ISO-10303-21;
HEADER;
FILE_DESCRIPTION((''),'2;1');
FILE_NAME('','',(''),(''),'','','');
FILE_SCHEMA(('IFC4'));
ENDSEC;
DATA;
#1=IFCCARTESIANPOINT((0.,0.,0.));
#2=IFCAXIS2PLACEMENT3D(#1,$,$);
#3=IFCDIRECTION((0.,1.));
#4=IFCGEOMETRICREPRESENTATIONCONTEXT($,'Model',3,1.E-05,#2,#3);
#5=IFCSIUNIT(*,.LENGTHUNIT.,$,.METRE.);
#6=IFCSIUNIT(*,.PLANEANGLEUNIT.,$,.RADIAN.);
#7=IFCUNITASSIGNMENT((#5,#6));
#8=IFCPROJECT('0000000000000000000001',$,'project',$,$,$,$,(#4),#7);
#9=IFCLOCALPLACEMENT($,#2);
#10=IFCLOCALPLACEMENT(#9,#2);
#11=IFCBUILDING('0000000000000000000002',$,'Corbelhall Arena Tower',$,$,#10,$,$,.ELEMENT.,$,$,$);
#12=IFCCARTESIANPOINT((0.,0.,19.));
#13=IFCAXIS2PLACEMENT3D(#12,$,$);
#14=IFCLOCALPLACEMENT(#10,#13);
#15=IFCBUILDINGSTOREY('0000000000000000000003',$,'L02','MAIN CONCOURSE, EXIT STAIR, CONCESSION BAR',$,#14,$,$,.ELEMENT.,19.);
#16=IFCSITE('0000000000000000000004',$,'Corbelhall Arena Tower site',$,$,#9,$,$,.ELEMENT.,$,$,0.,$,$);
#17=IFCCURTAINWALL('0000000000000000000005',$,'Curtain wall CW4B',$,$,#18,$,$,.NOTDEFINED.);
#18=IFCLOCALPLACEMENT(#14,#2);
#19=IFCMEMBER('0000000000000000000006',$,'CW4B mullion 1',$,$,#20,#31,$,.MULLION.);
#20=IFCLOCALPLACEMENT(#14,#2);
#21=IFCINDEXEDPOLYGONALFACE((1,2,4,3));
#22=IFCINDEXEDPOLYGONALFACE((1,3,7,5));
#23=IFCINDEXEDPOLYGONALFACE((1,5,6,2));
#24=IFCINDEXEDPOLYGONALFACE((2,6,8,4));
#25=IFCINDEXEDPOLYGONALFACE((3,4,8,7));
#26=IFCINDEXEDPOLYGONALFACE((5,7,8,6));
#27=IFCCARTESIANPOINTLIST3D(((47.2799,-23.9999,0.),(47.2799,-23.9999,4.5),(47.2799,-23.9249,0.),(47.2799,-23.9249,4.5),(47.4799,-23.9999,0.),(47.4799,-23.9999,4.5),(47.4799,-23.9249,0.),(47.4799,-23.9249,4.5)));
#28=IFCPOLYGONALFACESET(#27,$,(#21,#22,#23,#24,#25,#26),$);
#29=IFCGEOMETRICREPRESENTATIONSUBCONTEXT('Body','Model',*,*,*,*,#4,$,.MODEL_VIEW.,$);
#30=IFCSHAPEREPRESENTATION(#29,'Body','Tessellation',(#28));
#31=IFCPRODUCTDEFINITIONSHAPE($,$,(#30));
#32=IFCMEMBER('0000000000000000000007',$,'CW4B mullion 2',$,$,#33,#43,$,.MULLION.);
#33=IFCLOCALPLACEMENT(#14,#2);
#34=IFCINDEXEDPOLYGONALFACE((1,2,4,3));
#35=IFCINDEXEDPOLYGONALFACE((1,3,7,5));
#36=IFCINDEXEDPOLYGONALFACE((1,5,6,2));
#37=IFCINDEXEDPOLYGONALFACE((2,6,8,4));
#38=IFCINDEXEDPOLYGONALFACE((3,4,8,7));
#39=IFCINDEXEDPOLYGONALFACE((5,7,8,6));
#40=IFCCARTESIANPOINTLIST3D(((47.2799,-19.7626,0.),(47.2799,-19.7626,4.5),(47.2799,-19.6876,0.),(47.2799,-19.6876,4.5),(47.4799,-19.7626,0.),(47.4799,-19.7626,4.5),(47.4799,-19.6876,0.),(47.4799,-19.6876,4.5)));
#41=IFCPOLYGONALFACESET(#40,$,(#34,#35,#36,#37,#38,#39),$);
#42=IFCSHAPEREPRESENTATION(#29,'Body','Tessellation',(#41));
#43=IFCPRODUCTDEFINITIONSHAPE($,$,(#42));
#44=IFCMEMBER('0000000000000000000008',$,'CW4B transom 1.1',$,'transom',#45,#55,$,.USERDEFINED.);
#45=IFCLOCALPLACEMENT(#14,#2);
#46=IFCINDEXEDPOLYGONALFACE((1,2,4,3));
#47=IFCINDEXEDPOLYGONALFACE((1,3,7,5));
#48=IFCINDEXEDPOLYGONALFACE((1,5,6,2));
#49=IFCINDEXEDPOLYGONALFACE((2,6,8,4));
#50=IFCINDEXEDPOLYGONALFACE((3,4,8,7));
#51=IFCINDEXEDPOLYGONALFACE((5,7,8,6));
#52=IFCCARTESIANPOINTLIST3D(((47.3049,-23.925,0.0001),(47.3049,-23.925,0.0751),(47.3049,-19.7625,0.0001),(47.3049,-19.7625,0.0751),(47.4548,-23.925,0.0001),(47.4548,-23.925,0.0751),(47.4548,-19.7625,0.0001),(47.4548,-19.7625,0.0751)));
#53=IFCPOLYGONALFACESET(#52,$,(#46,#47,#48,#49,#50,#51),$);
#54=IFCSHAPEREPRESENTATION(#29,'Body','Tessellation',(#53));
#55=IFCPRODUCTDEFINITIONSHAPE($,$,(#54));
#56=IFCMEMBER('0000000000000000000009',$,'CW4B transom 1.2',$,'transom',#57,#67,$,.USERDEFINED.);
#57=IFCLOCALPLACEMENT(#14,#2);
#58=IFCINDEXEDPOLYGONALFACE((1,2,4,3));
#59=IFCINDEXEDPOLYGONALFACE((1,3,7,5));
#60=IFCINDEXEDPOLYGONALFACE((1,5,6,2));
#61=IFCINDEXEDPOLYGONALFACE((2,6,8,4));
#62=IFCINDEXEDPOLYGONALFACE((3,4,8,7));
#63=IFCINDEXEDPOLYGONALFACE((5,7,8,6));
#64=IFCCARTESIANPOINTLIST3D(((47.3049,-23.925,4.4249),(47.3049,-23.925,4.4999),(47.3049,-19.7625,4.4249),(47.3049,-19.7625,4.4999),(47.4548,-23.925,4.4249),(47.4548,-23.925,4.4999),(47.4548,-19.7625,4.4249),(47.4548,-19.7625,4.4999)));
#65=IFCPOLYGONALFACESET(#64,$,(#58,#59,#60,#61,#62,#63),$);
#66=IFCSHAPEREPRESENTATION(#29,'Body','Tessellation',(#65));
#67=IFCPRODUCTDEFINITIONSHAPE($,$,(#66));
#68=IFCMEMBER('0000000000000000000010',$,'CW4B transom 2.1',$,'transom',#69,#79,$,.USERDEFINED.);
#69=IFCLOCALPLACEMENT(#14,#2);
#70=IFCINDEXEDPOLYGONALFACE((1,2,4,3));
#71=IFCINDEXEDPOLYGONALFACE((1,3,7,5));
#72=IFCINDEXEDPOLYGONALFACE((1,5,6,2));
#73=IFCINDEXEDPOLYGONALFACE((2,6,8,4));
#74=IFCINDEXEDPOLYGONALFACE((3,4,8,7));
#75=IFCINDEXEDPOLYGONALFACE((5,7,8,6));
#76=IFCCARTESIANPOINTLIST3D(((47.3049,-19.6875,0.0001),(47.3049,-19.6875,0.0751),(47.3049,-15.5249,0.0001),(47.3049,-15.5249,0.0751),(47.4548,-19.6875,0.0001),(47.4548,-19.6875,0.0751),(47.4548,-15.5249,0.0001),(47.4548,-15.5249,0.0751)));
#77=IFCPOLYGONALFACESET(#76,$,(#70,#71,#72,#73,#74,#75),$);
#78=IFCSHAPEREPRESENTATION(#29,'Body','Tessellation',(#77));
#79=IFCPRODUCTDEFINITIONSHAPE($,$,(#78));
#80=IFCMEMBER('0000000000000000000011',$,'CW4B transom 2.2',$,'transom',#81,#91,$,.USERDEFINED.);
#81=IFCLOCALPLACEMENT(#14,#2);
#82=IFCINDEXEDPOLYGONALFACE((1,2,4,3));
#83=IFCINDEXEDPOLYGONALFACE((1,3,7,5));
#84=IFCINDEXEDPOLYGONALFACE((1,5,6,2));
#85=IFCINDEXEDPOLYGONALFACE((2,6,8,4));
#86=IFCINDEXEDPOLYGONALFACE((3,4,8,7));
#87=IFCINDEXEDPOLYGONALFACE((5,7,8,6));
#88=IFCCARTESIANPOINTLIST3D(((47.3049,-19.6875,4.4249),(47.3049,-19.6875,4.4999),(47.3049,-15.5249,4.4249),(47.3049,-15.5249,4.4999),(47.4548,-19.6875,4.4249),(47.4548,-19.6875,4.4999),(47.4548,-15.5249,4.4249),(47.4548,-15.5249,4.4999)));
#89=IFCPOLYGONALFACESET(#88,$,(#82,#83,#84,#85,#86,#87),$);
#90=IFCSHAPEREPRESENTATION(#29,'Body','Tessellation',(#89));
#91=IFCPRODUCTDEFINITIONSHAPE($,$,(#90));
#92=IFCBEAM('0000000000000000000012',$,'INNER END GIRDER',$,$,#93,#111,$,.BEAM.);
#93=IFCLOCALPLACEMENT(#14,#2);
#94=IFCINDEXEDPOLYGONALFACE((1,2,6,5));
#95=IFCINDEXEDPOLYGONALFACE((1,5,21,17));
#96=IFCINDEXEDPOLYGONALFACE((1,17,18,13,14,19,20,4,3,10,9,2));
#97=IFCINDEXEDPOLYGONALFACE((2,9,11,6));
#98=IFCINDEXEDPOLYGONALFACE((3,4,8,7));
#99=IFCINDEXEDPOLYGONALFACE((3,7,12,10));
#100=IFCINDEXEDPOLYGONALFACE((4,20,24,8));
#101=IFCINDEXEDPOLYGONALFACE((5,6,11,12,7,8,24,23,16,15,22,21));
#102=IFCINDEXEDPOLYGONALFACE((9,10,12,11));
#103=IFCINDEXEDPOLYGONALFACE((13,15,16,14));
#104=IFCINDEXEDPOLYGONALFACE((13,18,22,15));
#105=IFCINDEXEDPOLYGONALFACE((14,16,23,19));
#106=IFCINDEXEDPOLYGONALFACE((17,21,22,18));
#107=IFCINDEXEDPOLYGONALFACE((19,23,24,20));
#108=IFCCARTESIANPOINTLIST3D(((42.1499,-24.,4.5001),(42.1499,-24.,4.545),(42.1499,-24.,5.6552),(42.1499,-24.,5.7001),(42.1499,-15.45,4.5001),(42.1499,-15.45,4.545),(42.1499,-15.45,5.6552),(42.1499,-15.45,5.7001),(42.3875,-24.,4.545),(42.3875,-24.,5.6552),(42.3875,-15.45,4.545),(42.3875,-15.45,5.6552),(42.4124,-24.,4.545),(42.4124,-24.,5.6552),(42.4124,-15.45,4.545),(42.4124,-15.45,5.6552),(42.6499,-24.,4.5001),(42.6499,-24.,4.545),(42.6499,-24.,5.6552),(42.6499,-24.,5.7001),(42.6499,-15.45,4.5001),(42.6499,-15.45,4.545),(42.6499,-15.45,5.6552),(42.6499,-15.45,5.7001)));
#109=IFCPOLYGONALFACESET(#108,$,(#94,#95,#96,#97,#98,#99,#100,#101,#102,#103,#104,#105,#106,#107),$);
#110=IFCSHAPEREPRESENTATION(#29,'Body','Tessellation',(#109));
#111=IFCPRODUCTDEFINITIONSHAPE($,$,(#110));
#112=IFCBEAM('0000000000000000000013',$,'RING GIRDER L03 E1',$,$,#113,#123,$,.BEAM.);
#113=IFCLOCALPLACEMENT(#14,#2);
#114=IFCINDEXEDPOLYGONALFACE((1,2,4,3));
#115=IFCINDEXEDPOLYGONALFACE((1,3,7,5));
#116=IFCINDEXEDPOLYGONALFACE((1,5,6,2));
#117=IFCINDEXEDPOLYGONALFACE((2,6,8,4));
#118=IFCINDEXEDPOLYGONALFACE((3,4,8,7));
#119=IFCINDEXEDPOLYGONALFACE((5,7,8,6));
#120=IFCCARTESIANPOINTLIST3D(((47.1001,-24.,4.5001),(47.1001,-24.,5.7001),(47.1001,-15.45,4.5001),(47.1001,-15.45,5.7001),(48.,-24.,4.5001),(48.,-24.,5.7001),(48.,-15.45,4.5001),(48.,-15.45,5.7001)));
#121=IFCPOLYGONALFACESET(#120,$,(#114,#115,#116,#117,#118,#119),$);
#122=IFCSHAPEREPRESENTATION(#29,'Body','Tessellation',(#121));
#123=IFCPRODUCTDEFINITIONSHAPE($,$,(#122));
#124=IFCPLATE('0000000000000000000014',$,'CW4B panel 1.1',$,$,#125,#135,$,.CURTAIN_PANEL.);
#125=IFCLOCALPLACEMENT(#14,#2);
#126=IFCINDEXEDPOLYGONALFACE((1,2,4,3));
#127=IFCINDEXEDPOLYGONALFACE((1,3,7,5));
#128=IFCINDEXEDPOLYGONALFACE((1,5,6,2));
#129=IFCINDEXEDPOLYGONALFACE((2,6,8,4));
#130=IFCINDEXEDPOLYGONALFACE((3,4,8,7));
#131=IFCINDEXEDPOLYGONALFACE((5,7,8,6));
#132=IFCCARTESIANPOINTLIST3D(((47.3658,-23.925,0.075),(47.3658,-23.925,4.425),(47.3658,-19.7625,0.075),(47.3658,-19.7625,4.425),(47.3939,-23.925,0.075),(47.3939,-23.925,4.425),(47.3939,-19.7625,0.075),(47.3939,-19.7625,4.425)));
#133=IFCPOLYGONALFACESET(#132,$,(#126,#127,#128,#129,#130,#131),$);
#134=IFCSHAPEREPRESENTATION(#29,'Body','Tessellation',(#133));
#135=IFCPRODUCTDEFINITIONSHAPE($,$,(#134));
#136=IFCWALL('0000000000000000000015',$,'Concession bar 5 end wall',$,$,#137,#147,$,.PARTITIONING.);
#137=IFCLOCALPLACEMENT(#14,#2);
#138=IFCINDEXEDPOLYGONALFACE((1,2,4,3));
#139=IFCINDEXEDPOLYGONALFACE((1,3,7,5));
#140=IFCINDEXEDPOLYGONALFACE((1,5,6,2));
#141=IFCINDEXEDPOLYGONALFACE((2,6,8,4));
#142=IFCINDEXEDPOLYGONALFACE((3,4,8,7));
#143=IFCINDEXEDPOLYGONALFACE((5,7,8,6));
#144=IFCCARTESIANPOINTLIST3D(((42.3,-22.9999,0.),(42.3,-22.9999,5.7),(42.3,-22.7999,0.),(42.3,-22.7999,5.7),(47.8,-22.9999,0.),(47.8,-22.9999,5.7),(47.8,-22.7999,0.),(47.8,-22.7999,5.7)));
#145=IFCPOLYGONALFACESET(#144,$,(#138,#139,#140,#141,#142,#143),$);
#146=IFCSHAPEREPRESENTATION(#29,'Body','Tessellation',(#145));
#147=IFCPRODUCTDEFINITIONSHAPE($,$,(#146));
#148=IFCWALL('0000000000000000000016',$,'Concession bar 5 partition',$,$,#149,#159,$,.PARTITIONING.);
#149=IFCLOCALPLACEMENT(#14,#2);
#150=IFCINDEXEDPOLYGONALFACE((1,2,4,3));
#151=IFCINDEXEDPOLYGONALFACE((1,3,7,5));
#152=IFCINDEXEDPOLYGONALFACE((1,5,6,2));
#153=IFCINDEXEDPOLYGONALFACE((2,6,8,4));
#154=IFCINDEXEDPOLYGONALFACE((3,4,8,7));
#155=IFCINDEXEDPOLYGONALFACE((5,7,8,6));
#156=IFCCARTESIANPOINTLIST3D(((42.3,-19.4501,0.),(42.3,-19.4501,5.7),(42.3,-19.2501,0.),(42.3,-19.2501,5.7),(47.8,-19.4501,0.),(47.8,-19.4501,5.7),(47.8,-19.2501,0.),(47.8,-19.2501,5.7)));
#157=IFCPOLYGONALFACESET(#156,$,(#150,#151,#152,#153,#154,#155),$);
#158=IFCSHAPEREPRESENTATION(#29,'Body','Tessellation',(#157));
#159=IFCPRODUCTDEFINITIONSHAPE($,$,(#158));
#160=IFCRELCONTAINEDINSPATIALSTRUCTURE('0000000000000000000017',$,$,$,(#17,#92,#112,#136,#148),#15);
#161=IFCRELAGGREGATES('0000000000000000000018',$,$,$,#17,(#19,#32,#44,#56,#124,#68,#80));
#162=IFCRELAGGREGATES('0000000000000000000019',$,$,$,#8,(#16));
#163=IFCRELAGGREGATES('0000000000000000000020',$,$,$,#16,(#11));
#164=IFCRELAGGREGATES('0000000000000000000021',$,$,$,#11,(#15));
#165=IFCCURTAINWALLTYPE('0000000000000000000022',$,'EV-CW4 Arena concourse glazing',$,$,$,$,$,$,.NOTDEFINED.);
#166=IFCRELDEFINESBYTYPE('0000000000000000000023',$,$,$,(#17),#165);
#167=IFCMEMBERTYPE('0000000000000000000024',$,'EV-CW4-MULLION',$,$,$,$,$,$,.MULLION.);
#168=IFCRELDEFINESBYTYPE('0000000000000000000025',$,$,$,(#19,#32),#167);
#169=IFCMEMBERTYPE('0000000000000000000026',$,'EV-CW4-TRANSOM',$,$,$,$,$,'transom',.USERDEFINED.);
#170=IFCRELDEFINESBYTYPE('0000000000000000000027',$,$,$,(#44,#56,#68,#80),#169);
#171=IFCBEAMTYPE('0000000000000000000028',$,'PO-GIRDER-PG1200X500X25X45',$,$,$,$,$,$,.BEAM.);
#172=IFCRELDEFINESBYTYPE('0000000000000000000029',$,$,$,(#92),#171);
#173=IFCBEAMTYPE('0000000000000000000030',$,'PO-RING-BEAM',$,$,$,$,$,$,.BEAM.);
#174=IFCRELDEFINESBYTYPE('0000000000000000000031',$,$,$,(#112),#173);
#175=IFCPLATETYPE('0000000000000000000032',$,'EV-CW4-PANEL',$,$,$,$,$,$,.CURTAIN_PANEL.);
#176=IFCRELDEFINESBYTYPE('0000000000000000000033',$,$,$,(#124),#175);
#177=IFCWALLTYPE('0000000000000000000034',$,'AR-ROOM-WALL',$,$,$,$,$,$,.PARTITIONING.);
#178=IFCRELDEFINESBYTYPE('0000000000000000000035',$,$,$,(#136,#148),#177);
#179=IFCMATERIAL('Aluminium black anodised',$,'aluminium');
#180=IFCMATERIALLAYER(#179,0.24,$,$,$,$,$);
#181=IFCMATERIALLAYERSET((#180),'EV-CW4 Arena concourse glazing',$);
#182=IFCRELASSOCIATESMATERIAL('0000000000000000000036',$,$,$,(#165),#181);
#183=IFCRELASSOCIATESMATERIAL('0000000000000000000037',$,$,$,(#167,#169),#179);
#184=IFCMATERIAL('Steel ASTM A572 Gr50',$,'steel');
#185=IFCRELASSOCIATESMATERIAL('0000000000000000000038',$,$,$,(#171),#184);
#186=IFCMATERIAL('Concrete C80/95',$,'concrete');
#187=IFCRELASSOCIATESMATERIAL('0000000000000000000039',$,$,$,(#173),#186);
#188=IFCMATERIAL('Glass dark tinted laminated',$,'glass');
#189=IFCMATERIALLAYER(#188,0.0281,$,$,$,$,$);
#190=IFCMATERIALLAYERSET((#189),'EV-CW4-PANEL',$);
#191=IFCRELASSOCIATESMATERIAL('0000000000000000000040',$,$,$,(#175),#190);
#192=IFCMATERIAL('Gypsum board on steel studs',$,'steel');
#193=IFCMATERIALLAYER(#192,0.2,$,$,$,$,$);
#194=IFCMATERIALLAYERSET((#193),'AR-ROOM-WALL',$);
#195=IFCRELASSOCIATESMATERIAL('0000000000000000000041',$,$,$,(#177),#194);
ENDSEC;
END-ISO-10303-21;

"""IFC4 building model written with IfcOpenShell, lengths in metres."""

from ifc_helpers import new_model, si_unit, direction, frame, frame_2d, origin, origin_2d, place, context, subcontext, project, spatial, rectangle, i_section, extrude, material, layer, layer_set, material_profile, profile_set, type_object, element, aggregate, save


model = new_model("IFC4")

# Units and contexts
model_context = context("Model", 3, precision=1e-05, world=origin(), true_north=direction((0.0, 1.0)))
body_context = subcontext(model_context, "Body", "Model", "MODEL_VIEW")
ifc_project = project(units=[si_unit("LENGTHUNIT", "METRE"), si_unit("PLANEANGLEUNIT", "RADIAN")], contexts=[model_context])

# Site, building, storey
site_placement = place(None, origin())
site = spatial("IfcSite", under=ifc_project, at=site_placement, Name="Corbelhall Arena Tower site", CompositionType="ELEMENT", RefElevation=0.0)
building_placement = place(site_placement, origin())
building = spatial("IfcBuilding", under=site, at=building_placement, Name="Corbelhall Arena Tower", CompositionType="ELEMENT")
storey_placement = place(building_placement, frame((0.0, 0.0, 19.0)))
storey = spatial("IfcBuildingStorey", under=building, at=storey_placement, Name="L02", Description="MAIN CONCOURSE, EXIT STAIR, CONCESSION BAR", CompositionType="ELEMENT", Elevation=19.0)

# Curtain wall, members
ifc_material_1 = material(Name="Aluminium black anodised", Category="aluminium")
ifc_layer_1 = layer(ifc_material_1, 0.24)
ifc_layer_set_1 = layer_set([ifc_layer_1], Name="EV-CW4 Arena concourse glazing")
curtain_wall_type = type_object("IfcCurtainWallType", Name="EV-CW4 Arena concourse glazing", PredefinedType="NOTDEFINED", material=ifc_layer_set_1)
curtain_wall_placement = place(storey_placement, origin())
curtain_wall = element("IfcCurtainWall", 1, at=curtain_wall_placement, inside=storey, type_object=curtain_wall_type, Name="Curtain wall CW4B", PredefinedType="NOTDEFINED")
ifc_material_profile_1 = material_profile(ifc_material_1, rectangle(XDim=0.2, YDim=0.075, at=origin_2d()))
ifc_profile_set_1 = profile_set([ifc_material_profile_1], Name="Aluminium black anodised")
member_type_1 = type_object("IfcMemberType", Name="EV-CW4-MULLION", PredefinedType="MULLION", material=ifc_profile_set_1)
member_1_placement = place(storey_placement, frame((47.3799, -23.9624, 0.0), z_axis=(0.0, 0.0, 1.0), x_axis=(-1.0, 0.0, 0.0)))
member_1 = element("IfcMember", 2, at=member_1_placement, type_object=member_type_1, Name="CW4B mullion 1", PredefinedType="MULLION", context=body_context, shape_type="SweptSolid", body=[
    extrude(rectangle(XDim=0.2, YDim=0.075, at=origin_2d()), origin(), (0.0, 0.0, 1.0), 4.5),
])
member_2_placement = place(storey_placement, frame((47.3799, -19.7251, 0.0), z_axis=(0.0, 0.0, 1.0), x_axis=(-1.0, 0.0, 0.0)))
member_2 = element("IfcMember", 3, at=member_2_placement, type_object=member_type_1, Name="CW4B mullion 2", PredefinedType="MULLION", context=body_context, shape_type="SweptSolid", body=[
    extrude(rectangle(XDim=0.2, YDim=0.075, at=origin_2d()), origin(), (0.0, 0.0, 1.0), 4.5),
])
ifc_material_profile_2 = material_profile(ifc_material_1, rectangle(XDim=0.1499, YDim=0.075, at=origin_2d()))
ifc_profile_set_2 = profile_set([ifc_material_profile_2], Name="Aluminium black anodised")
member_type_2 = type_object("IfcMemberType", Name="EV-CW4-TRANSOM", ElementType="transom", PredefinedType="USERDEFINED", material=ifc_profile_set_2)
member_3_placement = place(storey_placement, frame((47.3799, -23.925, 0.0376), z_axis=(0.0, 1.0, 0.0), x_axis=(-1.0, 0.0, 0.0)))
member_3 = element("IfcMember", 4, at=member_3_placement, type_object=member_type_2, Name="CW4B transom 1.1", ObjectType="transom", PredefinedType="USERDEFINED", context=body_context, shape_type="SweptSolid", body=[
    extrude(rectangle(XDim=0.1499, YDim=0.075, at=origin_2d()), origin(), (0.0, 0.0, 1.0), 4.1626),
])
member_4_placement = place(storey_placement, frame((47.3799, -23.925, 4.4624), z_axis=(0.0, 1.0, 0.0), x_axis=(-1.0, 0.0, 0.0)))
member_4 = element("IfcMember", 5, at=member_4_placement, type_object=member_type_2, Name="CW4B transom 1.2", ObjectType="transom", PredefinedType="USERDEFINED", context=body_context, shape_type="SweptSolid", body=[
    extrude(rectangle(XDim=0.1499, YDim=0.075, at=origin_2d()), origin(), (0.0, 0.0, 1.0), 4.1626),
])
member_5_placement = place(storey_placement, frame((47.3799, -19.6875, 0.0376), z_axis=(0.0, 1.0, 0.0), x_axis=(-1.0, 0.0, 0.0)))
member_5 = element("IfcMember", 6, at=member_5_placement, type_object=member_type_2, Name="CW4B transom 2.1", ObjectType="transom", PredefinedType="USERDEFINED", context=body_context, shape_type="SweptSolid", body=[
    extrude(rectangle(XDim=0.1499, YDim=0.075, at=origin_2d()), origin(), (0.0, 0.0, 1.0), 4.1626),
])
member_6_placement = place(storey_placement, frame((47.3799, -19.6875, 4.4624), z_axis=(0.0, 1.0, 0.0), x_axis=(-1.0, 0.0, 0.0)))
member_6 = element("IfcMember", 7, at=member_6_placement, type_object=member_type_2, Name="CW4B transom 2.2", ObjectType="transom", PredefinedType="USERDEFINED", context=body_context, shape_type="SweptSolid", body=[
    extrude(rectangle(XDim=0.1499, YDim=0.075, at=origin_2d()), origin(), (0.0, 0.0, 1.0), 4.1626),
])

# Beams
ifc_material_2 = material(Name="Steel ASTM A572 Gr50", Category="steel")
ifc_material_profile_3 = material_profile(ifc_material_2, i_section(OverallWidth=0.5, OverallDepth=1.2, WebThickness=0.0249, FlangeThickness=0.0449, at=origin_2d()))
ifc_profile_set_3 = profile_set([ifc_material_profile_3], Name="Steel ASTM A572 Gr50")
beam_type_1 = type_object("IfcBeamType", Name="PO-GIRDER-PG1200X500X25X45", PredefinedType="BEAM", material=ifc_profile_set_3)
beam_1_placement = place(storey_placement, frame((42.3999, -24.0, 5.1001), z_axis=(0.0, 1.0, 0.0), x_axis=(-1.0, 0.0, 0.0)))
element("IfcBeam", 8, at=beam_1_placement, inside=storey, type_object=beam_type_1, Name="INNER END GIRDER", PredefinedType="BEAM", context=body_context, shape_type="SweptSolid", body=[
    extrude(i_section(OverallWidth=0.5, OverallDepth=1.2, WebThickness=0.0249, FlangeThickness=0.0449, at=origin_2d()), origin(), (0.0, 0.0, 1.0), 8.55),
])
ifc_material_3 = material(Name="Concrete C80/95", Category="concrete")
ifc_material_profile_4 = material_profile(ifc_material_3, rectangle(XDim=0.8999, YDim=1.2, at=origin_2d()))
ifc_profile_set_4 = profile_set([ifc_material_profile_4], Name="Concrete C80/95")
beam_type_2 = type_object("IfcBeamType", Name="PO-RING-BEAM", PredefinedType="BEAM", material=ifc_profile_set_4)
beam_2_placement = place(storey_placement, frame((47.55, -24.0, 5.1001), z_axis=(0.0, 1.0, 0.0), x_axis=(-1.0, 0.0, 0.0)))
element("IfcBeam", 9, at=beam_2_placement, inside=storey, type_object=beam_type_2, Name="RING GIRDER L03 E1", PredefinedType="BEAM", context=body_context, shape_type="SweptSolid", body=[
    extrude(rectangle(XDim=0.8999, YDim=1.2, at=origin_2d()), origin(), (0.0, 0.0, 1.0), 8.55),
])

# Plate
ifc_material_4 = material(Name="Glass dark tinted laminated", Category="glass")
ifc_layer_2 = layer(ifc_material_4, 0.0281)
ifc_layer_set_2 = layer_set([ifc_layer_2], Name="EV-CW4-PANEL")
plate_type = type_object("IfcPlateType", Name="EV-CW4-PANEL", PredefinedType="CURTAIN_PANEL", material=ifc_layer_set_2)
plate_placement = place(storey_placement, frame((47.3799, -21.8438, 0.075), z_axis=(0.0, 0.0, 1.0), x_axis=(0.0, 1.0, 0.0)))
plate = element("IfcPlate", 10, at=plate_placement, type_object=plate_type, Name="CW4B panel 1.1", PredefinedType="CURTAIN_PANEL", context=body_context, shape_type="SweptSolid", body=[
    extrude(rectangle(XDim=4.1626, YDim=0.0281, at=origin_2d()), origin(), (0.0, 0.0, 1.0), 4.3501),
])
aggregate(curtain_wall, [member_1, member_2, member_3, member_4, plate, member_5, member_6])

# Walls
ifc_material_5 = material(Name="Gypsum board on steel studs", Category="steel")
ifc_layer_3 = layer(ifc_material_5, 0.2)
ifc_layer_set_3 = layer_set([ifc_layer_3], Name="AR-ROOM-WALL")
wall_type_1 = type_object("IfcWallType", Name="AR-ROOM-WALL", PredefinedType="PARTITIONING", material=ifc_layer_set_3)
for number, where, z_axis, x_axis, name in (
    (11, (42.3, -22.8999, 0.0), (0.0, 0.0, 1.0), (1.0, 0.0, 0.0), "Concession bar 5 end wall"),
    (12, (42.3, -19.3501, 0.0), (0.0, 0.0, 1.0), (1.0, 0.0, 0.0), "Concession bar 5 partition"),
):
    element("IfcWall", number, at=place(storey_placement, frame(where, z_axis=z_axis, x_axis=x_axis)), inside=storey, type_object=wall_type_1, Name=name, PredefinedType="PARTITIONING", context=body_context, shape_type="SweptSolid", body=[
        extrude(rectangle(XDim=5.5, YDim=0.2, at=frame_2d((2.75, 0.0))), origin(), (0.0, 0.0, 1.0), 5.7),
    ])

save(model, "model.ifc")
